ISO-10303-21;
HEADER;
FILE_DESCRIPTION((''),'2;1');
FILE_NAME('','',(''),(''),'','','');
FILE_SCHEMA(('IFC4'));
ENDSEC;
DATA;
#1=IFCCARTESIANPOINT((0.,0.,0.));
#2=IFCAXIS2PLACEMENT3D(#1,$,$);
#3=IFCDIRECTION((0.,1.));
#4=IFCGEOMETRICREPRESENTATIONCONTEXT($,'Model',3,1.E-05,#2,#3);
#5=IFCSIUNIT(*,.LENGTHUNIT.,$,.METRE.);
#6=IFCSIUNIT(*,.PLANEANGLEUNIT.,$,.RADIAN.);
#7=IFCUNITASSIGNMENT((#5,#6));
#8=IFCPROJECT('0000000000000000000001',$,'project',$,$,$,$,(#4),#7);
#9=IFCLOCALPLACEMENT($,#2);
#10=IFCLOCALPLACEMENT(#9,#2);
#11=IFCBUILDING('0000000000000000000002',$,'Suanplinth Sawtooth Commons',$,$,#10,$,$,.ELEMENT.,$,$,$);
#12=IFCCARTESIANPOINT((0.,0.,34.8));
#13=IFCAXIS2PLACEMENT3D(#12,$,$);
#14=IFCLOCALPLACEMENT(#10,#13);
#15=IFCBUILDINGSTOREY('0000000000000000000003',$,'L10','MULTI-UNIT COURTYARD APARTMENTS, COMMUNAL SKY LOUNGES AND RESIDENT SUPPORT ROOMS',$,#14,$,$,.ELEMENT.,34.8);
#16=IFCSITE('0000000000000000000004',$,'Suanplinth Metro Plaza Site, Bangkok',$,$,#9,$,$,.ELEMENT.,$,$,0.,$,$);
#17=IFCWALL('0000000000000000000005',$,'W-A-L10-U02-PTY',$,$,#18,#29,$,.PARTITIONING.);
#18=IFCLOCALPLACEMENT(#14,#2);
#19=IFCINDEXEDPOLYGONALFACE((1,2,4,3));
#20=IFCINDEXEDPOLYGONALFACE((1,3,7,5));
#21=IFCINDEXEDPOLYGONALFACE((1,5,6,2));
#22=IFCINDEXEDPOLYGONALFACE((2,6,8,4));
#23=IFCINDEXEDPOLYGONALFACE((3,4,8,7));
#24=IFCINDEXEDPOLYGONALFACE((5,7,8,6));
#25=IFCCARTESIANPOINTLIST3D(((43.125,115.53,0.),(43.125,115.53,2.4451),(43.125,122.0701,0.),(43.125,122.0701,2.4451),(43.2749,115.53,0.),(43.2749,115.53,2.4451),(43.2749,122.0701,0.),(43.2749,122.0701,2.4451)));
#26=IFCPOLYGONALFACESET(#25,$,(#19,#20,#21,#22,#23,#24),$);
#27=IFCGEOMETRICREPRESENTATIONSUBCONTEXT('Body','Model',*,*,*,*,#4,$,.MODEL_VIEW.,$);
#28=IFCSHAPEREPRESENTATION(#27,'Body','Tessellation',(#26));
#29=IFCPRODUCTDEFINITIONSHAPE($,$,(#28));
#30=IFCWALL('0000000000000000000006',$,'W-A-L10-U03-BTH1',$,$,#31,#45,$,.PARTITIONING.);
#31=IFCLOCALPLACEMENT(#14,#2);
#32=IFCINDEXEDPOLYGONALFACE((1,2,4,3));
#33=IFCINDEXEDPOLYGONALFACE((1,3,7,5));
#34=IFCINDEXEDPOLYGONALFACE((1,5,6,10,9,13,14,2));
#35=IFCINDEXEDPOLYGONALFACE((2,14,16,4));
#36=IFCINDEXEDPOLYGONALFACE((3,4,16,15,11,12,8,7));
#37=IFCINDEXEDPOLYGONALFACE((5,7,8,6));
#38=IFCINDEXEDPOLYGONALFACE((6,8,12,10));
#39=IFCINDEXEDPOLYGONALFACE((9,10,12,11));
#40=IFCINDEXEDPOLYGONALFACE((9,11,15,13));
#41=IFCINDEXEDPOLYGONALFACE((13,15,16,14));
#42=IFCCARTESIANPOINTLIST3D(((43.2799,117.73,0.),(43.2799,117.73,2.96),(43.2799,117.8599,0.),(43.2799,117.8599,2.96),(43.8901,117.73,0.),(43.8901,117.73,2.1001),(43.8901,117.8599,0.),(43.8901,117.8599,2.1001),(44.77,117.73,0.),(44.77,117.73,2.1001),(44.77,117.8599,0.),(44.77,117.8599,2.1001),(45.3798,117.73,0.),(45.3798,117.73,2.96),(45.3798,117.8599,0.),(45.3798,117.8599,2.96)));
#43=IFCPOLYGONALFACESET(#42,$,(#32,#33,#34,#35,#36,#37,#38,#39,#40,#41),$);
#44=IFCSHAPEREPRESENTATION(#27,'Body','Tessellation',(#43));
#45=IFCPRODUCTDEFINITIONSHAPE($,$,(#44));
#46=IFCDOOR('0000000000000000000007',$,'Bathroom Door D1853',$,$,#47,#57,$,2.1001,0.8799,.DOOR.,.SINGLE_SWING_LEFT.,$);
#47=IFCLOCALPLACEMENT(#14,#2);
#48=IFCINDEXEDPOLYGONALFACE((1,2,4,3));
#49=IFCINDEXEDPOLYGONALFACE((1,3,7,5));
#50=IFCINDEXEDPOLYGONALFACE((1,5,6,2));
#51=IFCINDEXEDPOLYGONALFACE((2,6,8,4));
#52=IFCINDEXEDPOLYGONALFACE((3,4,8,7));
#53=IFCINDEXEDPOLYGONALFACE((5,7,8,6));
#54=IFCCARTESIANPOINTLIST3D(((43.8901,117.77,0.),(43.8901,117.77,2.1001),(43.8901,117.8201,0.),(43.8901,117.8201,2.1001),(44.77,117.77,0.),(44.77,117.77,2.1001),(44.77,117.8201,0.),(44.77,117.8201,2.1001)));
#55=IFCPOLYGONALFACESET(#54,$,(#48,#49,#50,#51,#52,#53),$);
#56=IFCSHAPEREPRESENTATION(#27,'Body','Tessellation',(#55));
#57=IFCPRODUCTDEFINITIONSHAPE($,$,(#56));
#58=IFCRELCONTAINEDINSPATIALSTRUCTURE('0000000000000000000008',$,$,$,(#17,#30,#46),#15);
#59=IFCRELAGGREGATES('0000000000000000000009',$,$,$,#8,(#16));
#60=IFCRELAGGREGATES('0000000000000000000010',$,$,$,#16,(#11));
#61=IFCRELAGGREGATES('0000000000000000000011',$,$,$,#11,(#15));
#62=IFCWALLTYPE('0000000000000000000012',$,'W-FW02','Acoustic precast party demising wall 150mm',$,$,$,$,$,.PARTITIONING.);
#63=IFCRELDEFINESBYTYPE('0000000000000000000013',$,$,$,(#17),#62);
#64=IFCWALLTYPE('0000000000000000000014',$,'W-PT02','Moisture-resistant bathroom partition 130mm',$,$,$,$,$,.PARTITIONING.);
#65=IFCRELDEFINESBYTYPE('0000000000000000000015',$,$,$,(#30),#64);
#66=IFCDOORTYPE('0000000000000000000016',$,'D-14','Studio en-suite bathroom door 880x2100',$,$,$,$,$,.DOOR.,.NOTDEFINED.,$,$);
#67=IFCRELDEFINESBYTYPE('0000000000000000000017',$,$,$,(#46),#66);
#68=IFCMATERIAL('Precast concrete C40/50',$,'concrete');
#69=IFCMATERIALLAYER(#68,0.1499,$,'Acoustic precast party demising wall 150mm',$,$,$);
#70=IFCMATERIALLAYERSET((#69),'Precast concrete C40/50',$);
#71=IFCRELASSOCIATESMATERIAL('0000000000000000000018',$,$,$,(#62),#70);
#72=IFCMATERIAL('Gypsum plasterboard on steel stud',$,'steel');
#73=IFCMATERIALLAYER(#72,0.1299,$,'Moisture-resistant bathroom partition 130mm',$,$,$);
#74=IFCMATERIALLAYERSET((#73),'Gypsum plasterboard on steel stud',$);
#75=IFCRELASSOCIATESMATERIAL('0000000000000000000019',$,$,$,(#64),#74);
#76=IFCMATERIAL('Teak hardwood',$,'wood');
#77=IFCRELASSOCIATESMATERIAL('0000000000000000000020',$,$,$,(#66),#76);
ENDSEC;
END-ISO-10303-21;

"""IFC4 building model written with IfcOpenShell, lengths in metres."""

from ifc_helpers import new_model, si_unit, direction, frame, frame_2d, origin, place, context, subcontext, project, spatial, rectangle, extrude, material, layer, layer_set, type_object, element, fill, save


model = new_model("IFC4")

# Units and contexts
model_context = context("Model", 3, precision=1e-05, world=origin(), true_north=direction((0.0, 1.0)))
body_context = subcontext(model_context, "Body", "Model", "MODEL_VIEW")
ifc_project = project(units=[si_unit("LENGTHUNIT", "METRE"), si_unit("PLANEANGLEUNIT", "RADIAN")], contexts=[model_context])

# Site, building, storey
site_placement = place(None, origin())
site = spatial("IfcSite", under=ifc_project, at=site_placement, Name="Suanplinth Metro Plaza Site, Bangkok", CompositionType="ELEMENT", RefElevation=0.0)
building_placement = place(site_placement, origin())
building = spatial("IfcBuilding", under=site, at=building_placement, Name="Suanplinth Sawtooth Commons", CompositionType="ELEMENT")
storey_placement = place(building_placement, frame((0.0, 0.0, 34.8)))
storey = spatial("IfcBuildingStorey", under=building, at=storey_placement, Name="L10", Description="MULTI-UNIT COURTYARD APARTMENTS, COMMUNAL SKY LOUNGES AND RESIDENT SUPPORT ROOMS", CompositionType="ELEMENT", Elevation=34.8)

# Shared definitions
ifc_material_1 = material(Name="Precast concrete C40/50", Category="concrete")

# Wall
ifc_layer_1 = layer(ifc_material_1, 0.1499, Name="Acoustic precast party demising wall 150mm")
ifc_layer_set_1 = layer_set([ifc_layer_1], Name="Precast concrete C40/50")
wall_type_1 = type_object("IfcWallType", Name="W-FW02", Description="Acoustic precast party demising wall 150mm", PredefinedType="PARTITIONING", material=ifc_layer_set_1)
wall_1_placement = place(storey_placement, frame((43.2, 115.53, 0.0), z_axis=(0.0, 0.0, 1.0), x_axis=(0.0, 1.0, 0.0)))
element("IfcWall", 1, at=wall_1_placement, inside=storey, type_object=wall_type_1, Name="W-A-L10-U02-PTY", PredefinedType="PARTITIONING", context=body_context, shape_type="SweptSolid", body=[
    extrude(rectangle(XDim=6.54, YDim=0.1499, at=frame_2d((3.27, 0.0))), origin(), (0.0, 0.0, 1.0), 2.4451),
])

# Wall, opening, door
ifc_material_2 = material(Name="Gypsum plasterboard on steel stud", Category="steel")
ifc_layer_2 = layer(ifc_material_2, 0.1299, Name="Moisture-resistant bathroom partition 130mm")
ifc_layer_set_2 = layer_set([ifc_layer_2], Name="Gypsum plasterboard on steel stud")
wall_type_2 = type_object("IfcWallType", Name="W-PT02", Description="Moisture-resistant bathroom partition 130mm", PredefinedType="PARTITIONING", material=ifc_layer_set_2)
wall_2_placement = place(storey_placement, frame((43.28, 117.7949, 0.0), z_axis=(0.0, 0.0, 1.0), x_axis=(1.0, 0.0, 0.0)))
wall_2 = element("IfcWall", 2, at=wall_2_placement, inside=storey, type_object=wall_type_2, Name="W-A-L10-U03-BTH1", PredefinedType="PARTITIONING", context=body_context, shape_type="SweptSolid", body=[
    extrude(rectangle(XDim=2.0999, YDim=0.1299, at=frame_2d((1.0498, 0.0))), origin(), (0.0, 0.0, 1.0), 2.96),
])
opening_1_placement = place(wall_2_placement, frame((0.6101, 0.0, 0.0)))
opening_1 = element("IfcOpeningElement", 3, at=opening_1_placement, cuts=wall_2, PredefinedType="OPENING", context=body_context, shape_type="SweptSolid", body=[
    extrude(rectangle(XDim=0.8799, YDim=2.1001, at=frame_2d((0.4399, 1.05))), frame((0.0, 0.0798, 0.0), z_axis=(0.0, -1.0, 0.0), x_axis=(1.0, 0.0, 0.0)), (0.0, 0.0, 1.0), 0.1597),
])
ifc_material_3 = material(Name="Teak hardwood", Category="wood")
door_type_1 = type_object("IfcDoorType", Name="D-14", Description="Studio en-suite bathroom door 880x2100", OperationType="NOTDEFINED", PredefinedType="DOOR", material=ifc_material_3)
door_1_placement = place(opening_1_placement, frame((0.8799, 0.0, 0.0), z_axis=(0.0, 0.0, 1.0), x_axis=(-1.0, 0.0, 0.0)))
door_1 = element("IfcDoor", 4, at=door_1_placement, inside=storey, type_object=door_type_1, Name="Bathroom Door D1853", OperationType="SINGLE_SWING_LEFT", OverallHeight=2.1001, OverallWidth=0.8799, PredefinedType="DOOR", context=body_context, shape_type="SweptSolid", body=[
    extrude(rectangle(XDim=0.8799, YDim=2.1001, at=frame_2d((0.4399, 1.05))), frame((0.0, 0.0249, 0.0), z_axis=(0.0, -1.0, 0.0), x_axis=(1.0, 0.0, 0.0)), (0.0, 0.0, 1.0), 0.05),
])
fill(opening_1, door_1)

save(model, "model.ifc")
